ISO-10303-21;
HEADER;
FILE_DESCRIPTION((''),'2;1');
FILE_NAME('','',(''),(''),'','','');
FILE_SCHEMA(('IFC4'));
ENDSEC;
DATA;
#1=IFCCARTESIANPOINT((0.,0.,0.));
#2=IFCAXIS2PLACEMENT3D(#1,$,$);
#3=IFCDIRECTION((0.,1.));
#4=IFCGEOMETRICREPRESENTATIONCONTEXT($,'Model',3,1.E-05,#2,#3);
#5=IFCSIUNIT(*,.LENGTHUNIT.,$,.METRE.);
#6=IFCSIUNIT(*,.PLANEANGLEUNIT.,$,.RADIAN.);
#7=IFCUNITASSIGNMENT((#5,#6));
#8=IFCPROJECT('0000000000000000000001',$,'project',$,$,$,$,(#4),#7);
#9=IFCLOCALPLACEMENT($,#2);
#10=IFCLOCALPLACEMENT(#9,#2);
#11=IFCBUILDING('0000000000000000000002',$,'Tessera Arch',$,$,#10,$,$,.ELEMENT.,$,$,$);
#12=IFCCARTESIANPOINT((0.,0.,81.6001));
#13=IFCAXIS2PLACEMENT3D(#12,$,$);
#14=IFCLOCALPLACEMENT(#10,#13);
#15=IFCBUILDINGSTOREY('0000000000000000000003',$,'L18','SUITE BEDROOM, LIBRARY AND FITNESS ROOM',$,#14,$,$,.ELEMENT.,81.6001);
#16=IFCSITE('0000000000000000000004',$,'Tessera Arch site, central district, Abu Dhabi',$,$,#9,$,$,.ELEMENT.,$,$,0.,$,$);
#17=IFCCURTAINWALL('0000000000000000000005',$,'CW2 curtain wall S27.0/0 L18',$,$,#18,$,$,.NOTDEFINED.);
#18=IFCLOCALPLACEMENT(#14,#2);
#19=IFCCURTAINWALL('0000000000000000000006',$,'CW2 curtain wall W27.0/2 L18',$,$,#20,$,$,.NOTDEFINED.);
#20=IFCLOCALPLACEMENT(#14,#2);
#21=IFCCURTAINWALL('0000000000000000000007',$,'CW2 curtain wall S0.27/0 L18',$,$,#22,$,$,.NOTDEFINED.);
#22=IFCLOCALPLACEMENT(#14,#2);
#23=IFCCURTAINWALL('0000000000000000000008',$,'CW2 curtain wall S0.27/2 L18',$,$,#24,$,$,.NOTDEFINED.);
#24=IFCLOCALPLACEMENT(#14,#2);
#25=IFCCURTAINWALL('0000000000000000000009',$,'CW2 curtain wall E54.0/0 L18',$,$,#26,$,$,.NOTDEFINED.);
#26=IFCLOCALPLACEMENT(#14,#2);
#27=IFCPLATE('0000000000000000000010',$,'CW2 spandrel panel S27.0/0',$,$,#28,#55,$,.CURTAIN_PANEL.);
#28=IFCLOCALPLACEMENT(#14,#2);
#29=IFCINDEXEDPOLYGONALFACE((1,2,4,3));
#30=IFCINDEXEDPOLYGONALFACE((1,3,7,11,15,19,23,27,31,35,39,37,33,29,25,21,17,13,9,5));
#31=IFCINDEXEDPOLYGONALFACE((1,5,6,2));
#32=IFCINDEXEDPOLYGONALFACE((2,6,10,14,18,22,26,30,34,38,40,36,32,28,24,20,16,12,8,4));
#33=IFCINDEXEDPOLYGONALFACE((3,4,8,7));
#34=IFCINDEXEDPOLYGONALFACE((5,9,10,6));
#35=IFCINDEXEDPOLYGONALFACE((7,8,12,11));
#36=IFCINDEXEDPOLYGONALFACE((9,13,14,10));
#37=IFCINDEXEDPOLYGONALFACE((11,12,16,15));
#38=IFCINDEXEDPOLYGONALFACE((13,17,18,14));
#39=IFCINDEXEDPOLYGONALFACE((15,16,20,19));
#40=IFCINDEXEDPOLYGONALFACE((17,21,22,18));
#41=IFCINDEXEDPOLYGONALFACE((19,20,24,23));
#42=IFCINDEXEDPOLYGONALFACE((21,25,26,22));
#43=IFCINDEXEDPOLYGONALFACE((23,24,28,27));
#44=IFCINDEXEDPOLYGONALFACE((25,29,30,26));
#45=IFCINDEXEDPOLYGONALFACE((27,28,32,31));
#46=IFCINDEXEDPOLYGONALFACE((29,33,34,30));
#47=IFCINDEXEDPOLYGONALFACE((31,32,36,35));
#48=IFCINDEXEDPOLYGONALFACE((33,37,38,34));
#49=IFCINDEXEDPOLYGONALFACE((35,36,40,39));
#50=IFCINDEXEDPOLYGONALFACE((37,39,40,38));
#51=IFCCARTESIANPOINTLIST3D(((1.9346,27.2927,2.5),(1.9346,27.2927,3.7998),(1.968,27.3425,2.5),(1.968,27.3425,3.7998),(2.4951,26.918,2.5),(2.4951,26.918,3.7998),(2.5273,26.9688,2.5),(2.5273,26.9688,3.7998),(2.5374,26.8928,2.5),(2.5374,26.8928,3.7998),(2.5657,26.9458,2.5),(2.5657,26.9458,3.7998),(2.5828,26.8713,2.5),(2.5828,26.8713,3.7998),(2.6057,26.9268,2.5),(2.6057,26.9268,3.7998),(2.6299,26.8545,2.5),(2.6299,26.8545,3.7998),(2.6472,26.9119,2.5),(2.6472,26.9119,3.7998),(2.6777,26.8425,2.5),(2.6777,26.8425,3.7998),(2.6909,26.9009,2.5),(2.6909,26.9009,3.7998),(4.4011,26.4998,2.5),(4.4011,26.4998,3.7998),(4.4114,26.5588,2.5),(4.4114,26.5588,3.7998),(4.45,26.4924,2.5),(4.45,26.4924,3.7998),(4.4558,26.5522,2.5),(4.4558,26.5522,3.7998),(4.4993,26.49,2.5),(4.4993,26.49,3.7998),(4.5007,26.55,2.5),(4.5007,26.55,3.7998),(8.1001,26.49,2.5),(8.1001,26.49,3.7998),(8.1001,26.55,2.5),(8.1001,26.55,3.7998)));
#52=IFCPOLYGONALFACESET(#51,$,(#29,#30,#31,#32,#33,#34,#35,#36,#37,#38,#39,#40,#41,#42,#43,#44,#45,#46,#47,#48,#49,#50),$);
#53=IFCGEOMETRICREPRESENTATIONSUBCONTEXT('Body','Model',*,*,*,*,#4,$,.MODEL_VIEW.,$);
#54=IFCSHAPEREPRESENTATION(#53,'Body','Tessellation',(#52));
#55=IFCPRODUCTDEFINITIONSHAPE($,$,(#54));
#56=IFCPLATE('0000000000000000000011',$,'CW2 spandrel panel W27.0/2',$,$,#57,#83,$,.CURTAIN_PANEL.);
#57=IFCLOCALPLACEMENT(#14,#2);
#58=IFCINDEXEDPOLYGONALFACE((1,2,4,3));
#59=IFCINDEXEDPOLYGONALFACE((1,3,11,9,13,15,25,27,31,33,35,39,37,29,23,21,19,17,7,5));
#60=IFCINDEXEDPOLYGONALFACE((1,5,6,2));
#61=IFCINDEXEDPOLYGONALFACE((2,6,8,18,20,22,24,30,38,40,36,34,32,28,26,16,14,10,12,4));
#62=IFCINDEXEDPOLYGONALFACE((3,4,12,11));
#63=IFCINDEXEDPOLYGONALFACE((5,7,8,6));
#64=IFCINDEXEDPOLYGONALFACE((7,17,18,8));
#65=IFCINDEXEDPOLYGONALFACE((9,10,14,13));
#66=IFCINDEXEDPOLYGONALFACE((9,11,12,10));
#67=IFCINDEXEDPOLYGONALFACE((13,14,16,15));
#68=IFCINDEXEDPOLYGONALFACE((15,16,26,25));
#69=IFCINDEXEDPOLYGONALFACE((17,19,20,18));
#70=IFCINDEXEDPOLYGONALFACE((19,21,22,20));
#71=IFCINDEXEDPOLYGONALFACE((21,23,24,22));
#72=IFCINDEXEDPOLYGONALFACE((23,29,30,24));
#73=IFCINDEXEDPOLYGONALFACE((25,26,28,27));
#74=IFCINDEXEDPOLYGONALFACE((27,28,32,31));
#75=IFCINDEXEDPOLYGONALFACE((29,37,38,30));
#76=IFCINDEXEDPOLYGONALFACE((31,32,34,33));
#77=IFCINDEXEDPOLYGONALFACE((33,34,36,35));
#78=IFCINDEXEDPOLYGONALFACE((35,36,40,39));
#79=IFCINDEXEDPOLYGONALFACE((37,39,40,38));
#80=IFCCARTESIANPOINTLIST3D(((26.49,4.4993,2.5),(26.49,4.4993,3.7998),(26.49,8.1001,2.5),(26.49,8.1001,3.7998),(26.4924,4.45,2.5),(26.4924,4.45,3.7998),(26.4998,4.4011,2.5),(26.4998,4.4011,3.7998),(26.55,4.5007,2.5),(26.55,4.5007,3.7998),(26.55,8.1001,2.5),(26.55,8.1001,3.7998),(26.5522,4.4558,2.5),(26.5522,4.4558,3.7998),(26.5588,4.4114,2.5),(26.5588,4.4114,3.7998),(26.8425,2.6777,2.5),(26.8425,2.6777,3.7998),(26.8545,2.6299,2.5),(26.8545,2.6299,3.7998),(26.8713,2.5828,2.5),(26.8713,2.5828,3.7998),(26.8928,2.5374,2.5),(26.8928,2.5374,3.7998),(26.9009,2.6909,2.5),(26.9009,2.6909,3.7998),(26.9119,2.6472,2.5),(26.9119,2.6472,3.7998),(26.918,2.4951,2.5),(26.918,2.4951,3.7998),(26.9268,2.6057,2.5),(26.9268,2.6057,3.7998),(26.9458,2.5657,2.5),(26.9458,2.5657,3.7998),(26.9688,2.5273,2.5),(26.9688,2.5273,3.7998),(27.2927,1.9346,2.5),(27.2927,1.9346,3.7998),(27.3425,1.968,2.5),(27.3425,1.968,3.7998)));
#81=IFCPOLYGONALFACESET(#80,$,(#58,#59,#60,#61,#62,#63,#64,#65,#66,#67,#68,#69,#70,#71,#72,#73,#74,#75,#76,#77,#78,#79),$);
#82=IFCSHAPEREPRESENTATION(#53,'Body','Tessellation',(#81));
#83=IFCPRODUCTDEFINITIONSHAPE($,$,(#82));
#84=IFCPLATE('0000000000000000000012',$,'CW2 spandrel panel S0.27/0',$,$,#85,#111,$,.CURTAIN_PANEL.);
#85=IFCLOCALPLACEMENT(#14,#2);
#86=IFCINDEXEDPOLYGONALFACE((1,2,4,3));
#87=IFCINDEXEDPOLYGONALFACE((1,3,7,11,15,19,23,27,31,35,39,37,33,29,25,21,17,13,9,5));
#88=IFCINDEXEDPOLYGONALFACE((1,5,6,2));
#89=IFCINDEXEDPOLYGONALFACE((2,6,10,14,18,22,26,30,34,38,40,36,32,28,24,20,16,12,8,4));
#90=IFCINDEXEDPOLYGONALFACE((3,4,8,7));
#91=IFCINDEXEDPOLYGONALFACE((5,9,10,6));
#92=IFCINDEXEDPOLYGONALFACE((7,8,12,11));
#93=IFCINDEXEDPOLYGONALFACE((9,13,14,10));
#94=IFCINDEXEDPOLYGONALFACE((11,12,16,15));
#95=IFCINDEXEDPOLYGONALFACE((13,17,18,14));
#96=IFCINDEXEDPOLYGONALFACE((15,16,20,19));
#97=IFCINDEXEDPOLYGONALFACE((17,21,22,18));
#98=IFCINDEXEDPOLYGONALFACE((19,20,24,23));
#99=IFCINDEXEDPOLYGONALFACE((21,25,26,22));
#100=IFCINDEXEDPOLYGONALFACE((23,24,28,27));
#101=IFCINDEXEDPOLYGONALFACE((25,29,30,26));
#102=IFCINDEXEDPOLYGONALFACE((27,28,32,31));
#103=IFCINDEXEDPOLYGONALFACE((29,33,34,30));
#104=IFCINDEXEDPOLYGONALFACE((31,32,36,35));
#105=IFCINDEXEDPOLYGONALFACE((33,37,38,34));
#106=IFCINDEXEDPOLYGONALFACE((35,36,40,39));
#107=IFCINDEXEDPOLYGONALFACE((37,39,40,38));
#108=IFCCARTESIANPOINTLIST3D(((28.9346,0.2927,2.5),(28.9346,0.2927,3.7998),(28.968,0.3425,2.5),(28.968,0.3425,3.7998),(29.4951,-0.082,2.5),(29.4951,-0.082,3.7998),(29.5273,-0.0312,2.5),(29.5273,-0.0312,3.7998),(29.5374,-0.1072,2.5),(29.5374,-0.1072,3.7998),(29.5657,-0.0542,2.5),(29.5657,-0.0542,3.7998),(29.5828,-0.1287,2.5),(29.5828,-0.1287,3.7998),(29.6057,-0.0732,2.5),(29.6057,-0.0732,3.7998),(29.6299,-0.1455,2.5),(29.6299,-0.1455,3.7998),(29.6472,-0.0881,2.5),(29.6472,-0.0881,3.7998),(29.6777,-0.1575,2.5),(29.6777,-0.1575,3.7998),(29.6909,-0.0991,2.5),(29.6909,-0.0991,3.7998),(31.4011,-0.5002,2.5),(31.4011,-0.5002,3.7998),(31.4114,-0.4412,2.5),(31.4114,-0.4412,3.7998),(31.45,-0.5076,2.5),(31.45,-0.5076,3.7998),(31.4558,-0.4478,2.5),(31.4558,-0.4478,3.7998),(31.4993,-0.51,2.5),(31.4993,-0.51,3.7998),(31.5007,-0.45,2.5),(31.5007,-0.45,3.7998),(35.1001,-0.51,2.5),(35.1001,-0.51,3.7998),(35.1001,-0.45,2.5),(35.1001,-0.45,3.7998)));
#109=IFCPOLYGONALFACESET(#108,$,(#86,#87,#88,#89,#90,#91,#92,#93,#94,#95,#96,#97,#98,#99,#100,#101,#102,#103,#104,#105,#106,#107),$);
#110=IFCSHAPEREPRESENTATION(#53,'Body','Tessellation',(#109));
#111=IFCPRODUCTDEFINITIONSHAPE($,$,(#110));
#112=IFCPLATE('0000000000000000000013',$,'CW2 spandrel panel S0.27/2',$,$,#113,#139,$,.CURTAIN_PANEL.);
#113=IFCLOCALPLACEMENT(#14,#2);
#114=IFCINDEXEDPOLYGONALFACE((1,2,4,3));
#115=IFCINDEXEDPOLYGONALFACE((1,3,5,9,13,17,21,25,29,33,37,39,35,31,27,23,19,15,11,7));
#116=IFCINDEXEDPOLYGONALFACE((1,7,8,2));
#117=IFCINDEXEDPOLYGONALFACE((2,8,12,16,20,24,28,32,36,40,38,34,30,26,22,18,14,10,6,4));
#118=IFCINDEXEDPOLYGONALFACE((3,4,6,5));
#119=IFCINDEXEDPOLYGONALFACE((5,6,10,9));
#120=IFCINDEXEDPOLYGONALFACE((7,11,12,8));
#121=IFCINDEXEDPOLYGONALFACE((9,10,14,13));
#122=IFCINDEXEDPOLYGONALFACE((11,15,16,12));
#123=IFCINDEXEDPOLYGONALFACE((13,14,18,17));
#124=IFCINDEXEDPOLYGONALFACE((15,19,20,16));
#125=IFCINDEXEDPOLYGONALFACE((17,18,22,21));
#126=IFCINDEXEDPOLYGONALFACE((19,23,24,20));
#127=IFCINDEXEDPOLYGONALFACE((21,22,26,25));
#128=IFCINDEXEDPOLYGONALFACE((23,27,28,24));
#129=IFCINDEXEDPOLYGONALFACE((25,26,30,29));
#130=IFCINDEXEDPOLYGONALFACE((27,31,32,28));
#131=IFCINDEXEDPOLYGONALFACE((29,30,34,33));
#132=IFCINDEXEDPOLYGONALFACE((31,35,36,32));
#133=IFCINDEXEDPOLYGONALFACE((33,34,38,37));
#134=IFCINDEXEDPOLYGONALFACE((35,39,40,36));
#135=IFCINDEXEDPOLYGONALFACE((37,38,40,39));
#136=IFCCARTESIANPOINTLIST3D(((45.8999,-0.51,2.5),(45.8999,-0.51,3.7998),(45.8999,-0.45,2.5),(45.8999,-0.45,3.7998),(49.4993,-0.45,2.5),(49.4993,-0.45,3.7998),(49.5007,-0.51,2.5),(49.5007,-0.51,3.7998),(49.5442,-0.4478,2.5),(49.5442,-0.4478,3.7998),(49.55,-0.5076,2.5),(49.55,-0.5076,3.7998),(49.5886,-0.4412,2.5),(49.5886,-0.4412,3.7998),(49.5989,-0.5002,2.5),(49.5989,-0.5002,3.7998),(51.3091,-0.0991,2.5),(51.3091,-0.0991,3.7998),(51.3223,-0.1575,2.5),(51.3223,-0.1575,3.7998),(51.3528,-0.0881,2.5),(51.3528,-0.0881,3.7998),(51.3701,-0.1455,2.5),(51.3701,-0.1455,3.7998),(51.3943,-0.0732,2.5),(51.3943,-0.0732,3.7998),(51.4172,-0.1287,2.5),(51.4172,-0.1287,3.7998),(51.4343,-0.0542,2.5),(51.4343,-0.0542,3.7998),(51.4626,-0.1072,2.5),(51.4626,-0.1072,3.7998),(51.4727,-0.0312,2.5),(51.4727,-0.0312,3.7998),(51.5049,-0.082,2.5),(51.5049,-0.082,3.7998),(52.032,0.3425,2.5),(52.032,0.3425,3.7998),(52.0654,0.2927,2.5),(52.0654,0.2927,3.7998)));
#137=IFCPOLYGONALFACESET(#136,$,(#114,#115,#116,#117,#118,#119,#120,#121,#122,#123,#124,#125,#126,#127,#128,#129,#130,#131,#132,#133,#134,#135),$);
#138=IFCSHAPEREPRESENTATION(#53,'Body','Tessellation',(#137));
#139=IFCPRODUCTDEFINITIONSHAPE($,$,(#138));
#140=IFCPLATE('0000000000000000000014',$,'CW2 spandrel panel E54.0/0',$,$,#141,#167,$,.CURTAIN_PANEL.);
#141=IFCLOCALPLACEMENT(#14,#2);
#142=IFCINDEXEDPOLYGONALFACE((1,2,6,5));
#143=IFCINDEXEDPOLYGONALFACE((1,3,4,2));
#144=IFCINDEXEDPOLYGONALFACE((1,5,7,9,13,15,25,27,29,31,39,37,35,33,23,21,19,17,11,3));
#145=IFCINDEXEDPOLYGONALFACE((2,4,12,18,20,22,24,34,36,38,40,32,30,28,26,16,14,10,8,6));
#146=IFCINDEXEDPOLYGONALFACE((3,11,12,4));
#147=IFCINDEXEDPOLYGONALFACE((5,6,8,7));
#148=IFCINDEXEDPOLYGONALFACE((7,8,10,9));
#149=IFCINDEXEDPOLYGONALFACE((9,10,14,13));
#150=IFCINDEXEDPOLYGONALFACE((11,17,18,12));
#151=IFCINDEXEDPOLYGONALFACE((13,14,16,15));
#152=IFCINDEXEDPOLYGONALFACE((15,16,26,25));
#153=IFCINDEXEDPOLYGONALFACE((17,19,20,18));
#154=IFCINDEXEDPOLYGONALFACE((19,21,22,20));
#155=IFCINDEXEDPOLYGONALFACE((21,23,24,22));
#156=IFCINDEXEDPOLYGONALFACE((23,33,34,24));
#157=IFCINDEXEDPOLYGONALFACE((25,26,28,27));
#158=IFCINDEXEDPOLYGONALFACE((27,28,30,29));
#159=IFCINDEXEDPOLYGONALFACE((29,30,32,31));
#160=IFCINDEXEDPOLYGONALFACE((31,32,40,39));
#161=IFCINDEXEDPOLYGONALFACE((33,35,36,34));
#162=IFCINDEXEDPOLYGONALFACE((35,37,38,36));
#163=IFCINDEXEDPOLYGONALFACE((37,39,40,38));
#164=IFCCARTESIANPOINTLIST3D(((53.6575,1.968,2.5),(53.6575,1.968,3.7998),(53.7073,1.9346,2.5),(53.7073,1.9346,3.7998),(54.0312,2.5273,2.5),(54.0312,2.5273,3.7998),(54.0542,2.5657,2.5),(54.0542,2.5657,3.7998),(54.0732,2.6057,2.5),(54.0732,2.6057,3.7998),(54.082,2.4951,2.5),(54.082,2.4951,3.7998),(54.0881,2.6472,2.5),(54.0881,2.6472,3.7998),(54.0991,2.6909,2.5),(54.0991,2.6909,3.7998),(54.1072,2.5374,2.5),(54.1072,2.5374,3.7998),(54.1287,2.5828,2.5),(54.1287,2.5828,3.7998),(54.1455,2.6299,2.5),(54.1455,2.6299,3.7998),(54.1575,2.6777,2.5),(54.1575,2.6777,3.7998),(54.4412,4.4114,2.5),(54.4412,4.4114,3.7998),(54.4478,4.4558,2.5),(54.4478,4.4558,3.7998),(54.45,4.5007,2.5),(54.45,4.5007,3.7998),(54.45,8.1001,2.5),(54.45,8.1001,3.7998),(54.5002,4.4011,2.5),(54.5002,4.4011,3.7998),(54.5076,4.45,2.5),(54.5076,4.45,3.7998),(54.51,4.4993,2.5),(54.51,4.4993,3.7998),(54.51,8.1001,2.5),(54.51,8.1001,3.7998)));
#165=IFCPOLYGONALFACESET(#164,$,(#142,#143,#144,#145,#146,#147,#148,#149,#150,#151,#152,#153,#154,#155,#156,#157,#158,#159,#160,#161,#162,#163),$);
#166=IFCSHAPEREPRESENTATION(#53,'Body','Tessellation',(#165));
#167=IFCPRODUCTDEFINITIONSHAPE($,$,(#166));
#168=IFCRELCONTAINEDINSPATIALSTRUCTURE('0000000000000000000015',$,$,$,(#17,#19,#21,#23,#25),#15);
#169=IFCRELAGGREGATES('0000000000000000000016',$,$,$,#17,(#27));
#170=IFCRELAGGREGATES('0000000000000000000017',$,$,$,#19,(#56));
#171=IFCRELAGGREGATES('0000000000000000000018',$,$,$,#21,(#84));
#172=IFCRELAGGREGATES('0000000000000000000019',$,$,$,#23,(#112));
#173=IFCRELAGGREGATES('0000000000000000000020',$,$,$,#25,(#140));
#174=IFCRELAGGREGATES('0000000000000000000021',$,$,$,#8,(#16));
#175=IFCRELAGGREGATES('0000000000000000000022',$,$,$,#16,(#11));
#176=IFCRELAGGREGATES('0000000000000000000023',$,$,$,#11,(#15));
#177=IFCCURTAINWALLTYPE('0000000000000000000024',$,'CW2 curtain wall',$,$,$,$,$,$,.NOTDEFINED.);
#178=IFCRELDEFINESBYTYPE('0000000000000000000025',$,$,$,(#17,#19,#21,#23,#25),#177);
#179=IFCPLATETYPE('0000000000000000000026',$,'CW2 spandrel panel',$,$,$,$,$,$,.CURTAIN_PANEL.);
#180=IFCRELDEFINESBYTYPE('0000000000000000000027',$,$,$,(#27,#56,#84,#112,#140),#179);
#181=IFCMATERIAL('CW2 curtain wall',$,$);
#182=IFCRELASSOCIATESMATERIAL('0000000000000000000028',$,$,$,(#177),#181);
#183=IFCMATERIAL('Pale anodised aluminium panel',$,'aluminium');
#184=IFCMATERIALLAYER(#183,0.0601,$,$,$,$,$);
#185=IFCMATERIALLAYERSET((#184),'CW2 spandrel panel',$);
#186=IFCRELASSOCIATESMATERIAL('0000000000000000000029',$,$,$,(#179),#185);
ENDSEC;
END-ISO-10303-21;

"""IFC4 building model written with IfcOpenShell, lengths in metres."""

from ifc_helpers import new_model, si_unit, direction, frame, origin, place, context, subcontext, project, spatial, polyline, outline, extrude, material, layer, layer_set, type_object, element, aggregate, save


model = new_model("IFC4")

# Units and contexts
model_context = context("Model", 3, precision=1e-05, world=origin(), true_north=direction((0.0, 1.0)))
body_context = subcontext(model_context, "Body", "Model", "MODEL_VIEW")
ifc_project = project(units=[si_unit("LENGTHUNIT", "METRE"), si_unit("PLANEANGLEUNIT", "RADIAN")], contexts=[model_context])

# Site, building, storey
site_placement = place(None, origin())
site = spatial("IfcSite", under=ifc_project, at=site_placement, Name="Tessera Arch site, central district, Abu Dhabi", CompositionType="ELEMENT", RefElevation=0.0)
building_placement = place(site_placement, origin())
building = spatial("IfcBuilding", under=site, at=building_placement, Name="Tessera Arch", CompositionType="ELEMENT")
storey_placement = place(building_placement, frame((0.0, 0.0, 81.6001)))
storey = spatial("IfcBuildingStorey", under=building, at=storey_placement, Name="L18", Description="SUITE BEDROOM, LIBRARY AND FITNESS ROOM", CompositionType="ELEMENT", Elevation=81.6001)

# Curtain walls
ifc_material_1 = material(Name="CW2 curtain wall")
curtain_wall_type = type_object("IfcCurtainWallType", Name="CW2 curtain wall", PredefinedType="NOTDEFINED", material=ifc_material_1)
curtain_wall_1_placement = place(storey_placement, origin())
curtain_wall_1 = element("IfcCurtainWall", 1, at=curtain_wall_1_placement, inside=storey, type_object=curtain_wall_type, Name="CW2 curtain wall S27.0/0 L18", PredefinedType="NOTDEFINED")
curtain_wall_2_placement = place(storey_placement, origin())
curtain_wall_2 = element("IfcCurtainWall", 2, at=curtain_wall_2_placement, inside=storey, type_object=curtain_wall_type, Name="CW2 curtain wall W27.0/2 L18", PredefinedType="NOTDEFINED")
curtain_wall_3_placement = place(storey_placement, origin())
curtain_wall_3 = element("IfcCurtainWall", 3, at=curtain_wall_3_placement, inside=storey, type_object=curtain_wall_type, Name="CW2 curtain wall S0.27/0 L18", PredefinedType="NOTDEFINED")
curtain_wall_4_placement = place(storey_placement, origin())
curtain_wall_4 = element("IfcCurtainWall", 4, at=curtain_wall_4_placement, inside=storey, type_object=curtain_wall_type, Name="CW2 curtain wall S0.27/2 L18", PredefinedType="NOTDEFINED")
curtain_wall_5_placement = place(storey_placement, origin())
curtain_wall_5 = element("IfcCurtainWall", 5, at=curtain_wall_5_placement, inside=storey, type_object=curtain_wall_type, Name="CW2 curtain wall E54.0/0 L18", PredefinedType="NOTDEFINED")

# Plates
ifc_material_2 = material(Name="Pale anodised aluminium panel", Category="aluminium")
ifc_layer_1 = layer(ifc_material_2, 0.0601)
ifc_layer_set_1 = layer_set([ifc_layer_1], Name="CW2 spandrel panel")
plate_type_1 = type_object("IfcPlateType", Name="CW2 spandrel panel", PredefinedType="CURTAIN_PANEL", material=ifc_layer_set_1)
plate_1_placement = place(storey_placement, frame((0.0, 0.0, 2.5)))
plate_1 = element("IfcPlate", 6, at=plate_1_placement, type_object=plate_type_1, Name="CW2 spandrel panel S27.0/0", PredefinedType="CURTAIN_PANEL", context=body_context, shape_type="SweptSolid", body=[
    extrude(outline(polyline([(2.5273, 26.9688), (1.968, 27.3425), (1.9346, 27.2927), (2.4951, 26.918), (2.5374, 26.8928), (2.5828, 26.8713), (2.6299, 26.8545), (2.6777, 26.8425), (4.4011, 26.4998), (4.45, 26.4924), (4.4993, 26.49), (8.1001, 26.49), (8.1001, 26.55), (4.5007, 26.55), (4.4558, 26.5522), (4.4114, 26.5588), (2.6909, 26.9009), (2.6472, 26.9119), (2.6057, 26.9268), (2.5657, 26.9458), (2.5273, 26.9688)])), origin(), (0.0, 0.0, 1.0), 1.2998),
])
aggregate(curtain_wall_1, [plate_1])
plate_2_placement = place(storey_placement, frame((0.0, 0.0, 2.5)))
plate_2 = element("IfcPlate", 7, at=plate_2_placement, type_object=plate_type_1, Name="CW2 spandrel panel W27.0/2", PredefinedType="CURTAIN_PANEL", context=body_context, shape_type="SweptSolid", body=[
    extrude(outline(polyline([(26.55, 4.5007), (26.55, 8.1001), (26.49, 8.1001), (26.49, 4.4993), (26.4924, 4.45), (26.4998, 4.4011), (26.8425, 2.6777), (26.8545, 2.6299), (26.8713, 2.5828), (26.8928, 2.5374), (26.918, 2.4951), (27.2927, 1.9346), (27.3425, 1.968), (26.9688, 2.5273), (26.9458, 2.5657), (26.9268, 2.6057), (26.9119, 2.6472), (26.9009, 2.6909), (26.5588, 4.4114), (26.5522, 4.4558), (26.55, 4.5007)])), origin(), (0.0, 0.0, 1.0), 1.2998),
])
aggregate(curtain_wall_2, [plate_2])
plate_3_placement = place(storey_placement, frame((0.0, 0.0, 2.5)))
plate_3 = element("IfcPlate", 8, at=plate_3_placement, type_object=plate_type_1, Name="CW2 spandrel panel S0.27/0", PredefinedType="CURTAIN_PANEL", context=body_context, shape_type="SweptSolid", body=[
    extrude(outline(polyline([(29.5273, -0.0312), (28.968, 0.3425), (28.9346, 0.2927), (29.4951, -0.082), (29.5374, -0.1072), (29.5828, -0.1287), (29.6299, -0.1455), (29.6777, -0.1575), (31.4011, -0.5002), (31.45, -0.5076), (31.4993, -0.51), (35.1001, -0.51), (35.1001, -0.45), (31.5007, -0.45), (31.4558, -0.4478), (31.4114, -0.4412), (29.6909, -0.0991), (29.6472, -0.0881), (29.6057, -0.0732), (29.5657, -0.0542), (29.5273, -0.0312)])), origin(), (0.0, 0.0, 1.0), 1.2998),
])
aggregate(curtain_wall_3, [plate_3])
plate_4_placement = place(storey_placement, frame((0.0, 0.0, 2.5)))
plate_4 = element("IfcPlate", 9, at=plate_4_placement, type_object=plate_type_1, Name="CW2 spandrel panel S0.27/2", PredefinedType="CURTAIN_PANEL", context=body_context, shape_type="SweptSolid", body=[
    extrude(outline(polyline([(49.4993, -0.45), (45.8999, -0.45), (45.8999, -0.51), (49.5007, -0.51), (49.55, -0.5076), (49.5989, -0.5002), (51.3223, -0.1575), (51.3701, -0.1455), (51.4172, -0.1287), (51.4626, -0.1072), (51.5049, -0.082), (52.0654, 0.2927), (52.032, 0.3425), (51.4727, -0.0312), (51.4343, -0.0542), (51.3943, -0.0732), (51.3528, -0.0881), (51.3091, -0.0991), (49.5886, -0.4412), (49.5442, -0.4478), (49.4993, -0.45)])), origin(), (0.0, 0.0, 1.0), 1.2998),
])
aggregate(curtain_wall_4, [plate_4])
plate_5_placement = place(storey_placement, frame((0.0, 0.0, 2.5)))
plate_5 = element("IfcPlate", 10, at=plate_5_placement, type_object=plate_type_1, Name="CW2 spandrel panel E54.0/0", PredefinedType="CURTAIN_PANEL", context=body_context, shape_type="SweptSolid", body=[
    extrude(outline(polyline([(54.0312, 2.5273), (53.6575, 1.968), (53.7073, 1.9346), (54.082, 2.4951), (54.1072, 2.5374), (54.1287, 2.5828), (54.1455, 2.6299), (54.1575, 2.6777), (54.5002, 4.4011), (54.5076, 4.45), (54.51, 4.4993), (54.51, 8.1001), (54.45, 8.1001), (54.45, 4.5007), (54.4478, 4.4558), (54.4412, 4.4114), (54.0991, 2.6909), (54.0881, 2.6472), (54.0732, 2.6057), (54.0542, 2.5657), (54.0312, 2.5273)])), origin(), (0.0, 0.0, 1.0), 1.2998),
])
aggregate(curtain_wall_5, [plate_5])

save(model, "model.ifc")
